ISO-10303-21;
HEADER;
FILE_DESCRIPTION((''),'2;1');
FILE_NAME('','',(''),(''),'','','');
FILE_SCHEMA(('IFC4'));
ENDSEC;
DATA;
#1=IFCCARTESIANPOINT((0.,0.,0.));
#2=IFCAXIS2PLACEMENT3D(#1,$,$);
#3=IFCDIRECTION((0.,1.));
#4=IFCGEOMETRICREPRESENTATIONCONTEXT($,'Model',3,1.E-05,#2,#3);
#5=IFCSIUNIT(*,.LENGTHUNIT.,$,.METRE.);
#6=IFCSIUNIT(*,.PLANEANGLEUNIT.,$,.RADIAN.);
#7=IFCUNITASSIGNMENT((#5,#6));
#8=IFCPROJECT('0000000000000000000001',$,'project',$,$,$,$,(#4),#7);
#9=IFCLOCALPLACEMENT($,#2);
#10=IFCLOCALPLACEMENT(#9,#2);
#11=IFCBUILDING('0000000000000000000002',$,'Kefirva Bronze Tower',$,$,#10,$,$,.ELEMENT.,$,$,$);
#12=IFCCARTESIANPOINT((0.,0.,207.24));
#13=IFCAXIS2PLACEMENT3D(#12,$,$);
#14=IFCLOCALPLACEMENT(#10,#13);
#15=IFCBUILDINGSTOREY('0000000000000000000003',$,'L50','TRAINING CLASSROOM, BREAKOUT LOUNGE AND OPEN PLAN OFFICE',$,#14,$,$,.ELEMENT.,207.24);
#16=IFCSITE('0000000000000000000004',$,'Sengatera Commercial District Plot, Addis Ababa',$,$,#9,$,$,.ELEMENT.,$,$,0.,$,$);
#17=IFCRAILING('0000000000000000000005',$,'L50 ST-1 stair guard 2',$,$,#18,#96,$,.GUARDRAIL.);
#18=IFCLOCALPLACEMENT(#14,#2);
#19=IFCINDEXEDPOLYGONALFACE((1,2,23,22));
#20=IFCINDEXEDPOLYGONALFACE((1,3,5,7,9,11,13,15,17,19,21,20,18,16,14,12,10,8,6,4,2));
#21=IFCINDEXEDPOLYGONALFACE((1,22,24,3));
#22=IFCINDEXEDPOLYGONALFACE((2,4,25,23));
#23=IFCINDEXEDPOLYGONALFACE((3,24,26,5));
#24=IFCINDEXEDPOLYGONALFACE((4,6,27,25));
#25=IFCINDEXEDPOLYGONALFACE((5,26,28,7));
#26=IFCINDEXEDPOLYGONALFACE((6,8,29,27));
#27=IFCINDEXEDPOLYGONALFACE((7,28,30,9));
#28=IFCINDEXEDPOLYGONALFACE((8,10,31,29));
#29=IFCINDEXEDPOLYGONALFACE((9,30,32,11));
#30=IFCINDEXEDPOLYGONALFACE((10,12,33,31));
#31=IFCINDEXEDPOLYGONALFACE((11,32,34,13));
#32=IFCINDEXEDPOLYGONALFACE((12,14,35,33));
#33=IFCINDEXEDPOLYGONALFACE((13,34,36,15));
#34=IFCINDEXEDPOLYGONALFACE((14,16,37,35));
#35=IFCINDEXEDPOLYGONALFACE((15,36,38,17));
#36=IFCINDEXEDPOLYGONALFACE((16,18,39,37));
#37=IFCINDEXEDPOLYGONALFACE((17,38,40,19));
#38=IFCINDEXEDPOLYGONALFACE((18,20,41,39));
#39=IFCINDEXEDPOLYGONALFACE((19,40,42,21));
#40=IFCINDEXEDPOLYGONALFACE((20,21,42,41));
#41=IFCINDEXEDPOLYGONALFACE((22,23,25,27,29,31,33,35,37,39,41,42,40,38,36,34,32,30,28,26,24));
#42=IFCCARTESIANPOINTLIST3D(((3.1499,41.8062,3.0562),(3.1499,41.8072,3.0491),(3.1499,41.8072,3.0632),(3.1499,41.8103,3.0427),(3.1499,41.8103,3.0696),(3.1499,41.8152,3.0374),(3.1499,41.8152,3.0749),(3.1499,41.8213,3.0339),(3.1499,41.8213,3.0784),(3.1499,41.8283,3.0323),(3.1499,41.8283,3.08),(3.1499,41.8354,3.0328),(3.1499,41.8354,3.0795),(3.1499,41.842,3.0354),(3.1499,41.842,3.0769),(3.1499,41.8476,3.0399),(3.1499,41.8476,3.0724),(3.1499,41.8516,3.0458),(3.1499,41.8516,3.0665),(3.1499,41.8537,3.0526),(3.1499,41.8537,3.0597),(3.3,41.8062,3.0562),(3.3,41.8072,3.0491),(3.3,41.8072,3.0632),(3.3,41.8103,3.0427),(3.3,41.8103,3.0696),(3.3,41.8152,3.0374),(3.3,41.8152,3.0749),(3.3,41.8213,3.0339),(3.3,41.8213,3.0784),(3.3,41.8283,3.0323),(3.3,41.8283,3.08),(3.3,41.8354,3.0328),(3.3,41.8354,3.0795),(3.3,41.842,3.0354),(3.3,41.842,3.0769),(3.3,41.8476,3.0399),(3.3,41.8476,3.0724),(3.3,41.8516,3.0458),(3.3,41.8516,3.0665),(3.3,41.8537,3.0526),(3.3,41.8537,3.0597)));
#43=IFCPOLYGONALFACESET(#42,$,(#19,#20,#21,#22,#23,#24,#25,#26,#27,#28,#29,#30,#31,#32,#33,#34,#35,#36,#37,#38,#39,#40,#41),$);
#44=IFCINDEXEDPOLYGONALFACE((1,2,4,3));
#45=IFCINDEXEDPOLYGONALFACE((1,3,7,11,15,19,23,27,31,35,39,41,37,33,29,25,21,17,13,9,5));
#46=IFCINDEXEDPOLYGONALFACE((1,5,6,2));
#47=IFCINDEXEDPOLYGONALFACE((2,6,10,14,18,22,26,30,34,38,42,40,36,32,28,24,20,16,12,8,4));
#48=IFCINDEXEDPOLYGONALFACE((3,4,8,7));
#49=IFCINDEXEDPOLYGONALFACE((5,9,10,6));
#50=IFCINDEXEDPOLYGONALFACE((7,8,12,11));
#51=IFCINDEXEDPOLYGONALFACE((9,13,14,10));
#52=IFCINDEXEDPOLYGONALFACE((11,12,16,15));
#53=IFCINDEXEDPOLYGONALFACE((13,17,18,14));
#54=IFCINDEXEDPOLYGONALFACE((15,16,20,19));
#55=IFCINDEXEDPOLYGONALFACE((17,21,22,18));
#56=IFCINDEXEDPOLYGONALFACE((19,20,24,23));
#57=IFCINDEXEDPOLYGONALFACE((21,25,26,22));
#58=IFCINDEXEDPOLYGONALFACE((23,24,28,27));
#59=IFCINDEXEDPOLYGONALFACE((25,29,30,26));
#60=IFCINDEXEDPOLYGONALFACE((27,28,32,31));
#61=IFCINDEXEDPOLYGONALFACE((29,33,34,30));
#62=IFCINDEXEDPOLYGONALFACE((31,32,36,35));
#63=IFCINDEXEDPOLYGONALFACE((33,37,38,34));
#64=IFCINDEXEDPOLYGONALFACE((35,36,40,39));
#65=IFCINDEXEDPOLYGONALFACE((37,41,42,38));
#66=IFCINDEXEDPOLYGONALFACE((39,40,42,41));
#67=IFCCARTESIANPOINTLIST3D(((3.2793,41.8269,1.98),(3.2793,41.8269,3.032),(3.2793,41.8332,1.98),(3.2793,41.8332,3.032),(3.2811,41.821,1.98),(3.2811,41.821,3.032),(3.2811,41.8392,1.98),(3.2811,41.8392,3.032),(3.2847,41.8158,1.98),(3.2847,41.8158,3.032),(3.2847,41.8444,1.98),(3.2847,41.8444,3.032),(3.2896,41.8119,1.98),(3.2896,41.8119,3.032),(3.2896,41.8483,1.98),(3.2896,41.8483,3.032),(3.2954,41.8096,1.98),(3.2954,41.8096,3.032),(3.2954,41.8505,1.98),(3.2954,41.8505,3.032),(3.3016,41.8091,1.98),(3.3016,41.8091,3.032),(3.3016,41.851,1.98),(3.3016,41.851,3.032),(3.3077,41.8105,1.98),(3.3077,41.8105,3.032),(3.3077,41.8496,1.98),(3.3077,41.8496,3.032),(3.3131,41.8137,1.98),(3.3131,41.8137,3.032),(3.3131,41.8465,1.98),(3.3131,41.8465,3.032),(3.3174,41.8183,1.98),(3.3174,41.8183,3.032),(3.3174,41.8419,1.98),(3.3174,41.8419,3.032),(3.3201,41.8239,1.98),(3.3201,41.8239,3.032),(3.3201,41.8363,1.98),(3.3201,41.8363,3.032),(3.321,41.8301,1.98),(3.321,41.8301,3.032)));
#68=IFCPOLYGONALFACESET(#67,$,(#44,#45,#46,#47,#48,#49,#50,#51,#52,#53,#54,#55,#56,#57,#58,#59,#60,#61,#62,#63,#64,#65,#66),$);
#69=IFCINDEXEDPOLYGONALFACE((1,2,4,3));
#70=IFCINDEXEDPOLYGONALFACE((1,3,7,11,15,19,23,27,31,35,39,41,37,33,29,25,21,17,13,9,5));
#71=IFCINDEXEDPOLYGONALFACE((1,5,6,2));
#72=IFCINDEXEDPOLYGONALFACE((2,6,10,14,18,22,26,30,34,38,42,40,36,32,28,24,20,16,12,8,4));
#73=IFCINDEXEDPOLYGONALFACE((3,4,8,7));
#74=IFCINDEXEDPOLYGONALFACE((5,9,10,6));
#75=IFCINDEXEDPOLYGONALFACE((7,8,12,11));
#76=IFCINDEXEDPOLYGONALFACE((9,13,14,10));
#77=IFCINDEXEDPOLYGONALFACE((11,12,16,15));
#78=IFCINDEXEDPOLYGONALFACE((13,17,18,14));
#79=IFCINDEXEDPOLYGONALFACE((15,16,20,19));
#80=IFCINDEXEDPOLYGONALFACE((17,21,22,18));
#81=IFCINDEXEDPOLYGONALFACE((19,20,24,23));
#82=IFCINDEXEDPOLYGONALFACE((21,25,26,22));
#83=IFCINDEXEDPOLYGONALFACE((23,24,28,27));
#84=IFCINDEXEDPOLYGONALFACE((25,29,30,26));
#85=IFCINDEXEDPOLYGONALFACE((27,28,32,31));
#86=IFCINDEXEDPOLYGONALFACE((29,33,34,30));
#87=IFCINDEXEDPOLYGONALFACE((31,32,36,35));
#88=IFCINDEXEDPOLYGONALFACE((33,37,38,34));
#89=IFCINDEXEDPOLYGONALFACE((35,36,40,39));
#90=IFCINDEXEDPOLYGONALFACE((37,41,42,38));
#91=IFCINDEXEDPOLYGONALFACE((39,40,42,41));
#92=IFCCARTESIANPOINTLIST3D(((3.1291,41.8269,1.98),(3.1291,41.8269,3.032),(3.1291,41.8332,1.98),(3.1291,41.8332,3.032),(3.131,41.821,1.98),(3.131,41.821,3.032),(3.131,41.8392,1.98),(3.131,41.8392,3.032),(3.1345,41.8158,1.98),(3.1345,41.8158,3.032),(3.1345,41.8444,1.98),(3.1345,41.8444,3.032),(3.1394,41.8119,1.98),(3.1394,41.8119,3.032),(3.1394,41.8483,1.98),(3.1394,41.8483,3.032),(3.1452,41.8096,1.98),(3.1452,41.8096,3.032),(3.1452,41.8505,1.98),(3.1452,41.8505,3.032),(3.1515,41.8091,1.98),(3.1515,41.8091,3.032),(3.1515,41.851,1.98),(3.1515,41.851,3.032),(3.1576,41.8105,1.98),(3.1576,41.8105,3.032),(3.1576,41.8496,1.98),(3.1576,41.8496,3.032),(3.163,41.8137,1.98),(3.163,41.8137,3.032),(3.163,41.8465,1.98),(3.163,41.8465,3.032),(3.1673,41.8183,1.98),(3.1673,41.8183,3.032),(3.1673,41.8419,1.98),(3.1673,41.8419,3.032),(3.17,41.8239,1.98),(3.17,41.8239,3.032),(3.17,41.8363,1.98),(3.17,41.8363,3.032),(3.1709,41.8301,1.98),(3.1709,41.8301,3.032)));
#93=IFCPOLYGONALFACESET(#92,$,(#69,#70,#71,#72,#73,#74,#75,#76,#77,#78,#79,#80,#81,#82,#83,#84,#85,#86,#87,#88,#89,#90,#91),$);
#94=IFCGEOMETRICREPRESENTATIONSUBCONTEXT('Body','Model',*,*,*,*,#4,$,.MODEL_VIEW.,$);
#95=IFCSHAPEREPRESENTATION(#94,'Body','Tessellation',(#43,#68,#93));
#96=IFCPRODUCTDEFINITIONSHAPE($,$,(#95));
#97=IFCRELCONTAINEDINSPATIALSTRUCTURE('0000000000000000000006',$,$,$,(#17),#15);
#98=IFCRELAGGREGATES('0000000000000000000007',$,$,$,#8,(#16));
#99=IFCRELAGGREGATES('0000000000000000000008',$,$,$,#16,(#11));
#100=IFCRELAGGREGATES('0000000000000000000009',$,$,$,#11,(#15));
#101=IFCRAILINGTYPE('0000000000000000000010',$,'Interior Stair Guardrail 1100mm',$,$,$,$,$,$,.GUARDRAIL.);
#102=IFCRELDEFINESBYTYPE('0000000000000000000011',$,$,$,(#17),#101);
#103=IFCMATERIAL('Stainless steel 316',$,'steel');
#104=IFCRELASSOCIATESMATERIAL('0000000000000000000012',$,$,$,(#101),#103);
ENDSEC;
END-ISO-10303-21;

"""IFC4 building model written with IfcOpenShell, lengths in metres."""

from ifc_helpers import new_model, si_unit, direction, frame, origin, origin_2d, place, context, subcontext, project, spatial, circle, extrude, material, type_object, element, save


model = new_model("IFC4")

# Units and contexts
model_context = context("Model", 3, precision=1e-05, world=origin(), true_north=direction((0.0, 1.0)))
body_context = subcontext(model_context, "Body", "Model", "MODEL_VIEW")
ifc_project = project(units=[si_unit("LENGTHUNIT", "METRE"), si_unit("PLANEANGLEUNIT", "RADIAN")], contexts=[model_context])

# Site, building, storey
site_placement = place(None, origin())
site = spatial("IfcSite", under=ifc_project, at=site_placement, Name="Sengatera Commercial District Plot, Addis Ababa", CompositionType="ELEMENT", RefElevation=0.0)
building_placement = place(site_placement, origin())
building = spatial("IfcBuilding", under=site, at=building_placement, Name="Kefirva Bronze Tower", CompositionType="ELEMENT")
storey_placement = place(building_placement, frame((0.0, 0.0, 207.24)))
storey = spatial("IfcBuildingStorey", under=building, at=storey_placement, Name="L50", Description="TRAINING CLASSROOM, BREAKOUT LOUNGE AND OPEN PLAN OFFICE", CompositionType="ELEMENT", Elevation=207.24)

# Railing
ifc_material_1 = material(Name="Stainless steel 316", Category="steel")
railing_type_1 = type_object("IfcRailingType", Name="Interior Stair Guardrail 1100mm", PredefinedType="GUARDRAIL", material=ifc_material_1)
railing_1_placement = place(storey_placement, frame((3.3, 41.8301, 1.98)))
element("IfcRailing", 1, at=railing_1_placement, inside=storey, type_object=railing_type_1, Name="L50 ST-1 stair guard 2", PredefinedType="GUARDRAIL", context=body_context, shape_type="SweptSolid", body=[
    extrude(circle(Radius=0.0239, at=origin_2d()), frame((0.0, 0.0, 1.0762), z_axis=(-1.0, 0.0, 0.0), x_axis=(0.0, -1.0, 0.0)), (0.0, 0.0, 1.0), 0.1501),
    extrude(circle(Radius=0.021, at=origin_2d()), origin(), (0.0, 0.0, 1.0), 1.052),
    extrude(circle(Radius=0.021, at=origin_2d()), frame((-0.1501, 0.0, 0.0)), (0.0, 0.0, 1.0), 1.052),
])

save(model, "model.ifc")
